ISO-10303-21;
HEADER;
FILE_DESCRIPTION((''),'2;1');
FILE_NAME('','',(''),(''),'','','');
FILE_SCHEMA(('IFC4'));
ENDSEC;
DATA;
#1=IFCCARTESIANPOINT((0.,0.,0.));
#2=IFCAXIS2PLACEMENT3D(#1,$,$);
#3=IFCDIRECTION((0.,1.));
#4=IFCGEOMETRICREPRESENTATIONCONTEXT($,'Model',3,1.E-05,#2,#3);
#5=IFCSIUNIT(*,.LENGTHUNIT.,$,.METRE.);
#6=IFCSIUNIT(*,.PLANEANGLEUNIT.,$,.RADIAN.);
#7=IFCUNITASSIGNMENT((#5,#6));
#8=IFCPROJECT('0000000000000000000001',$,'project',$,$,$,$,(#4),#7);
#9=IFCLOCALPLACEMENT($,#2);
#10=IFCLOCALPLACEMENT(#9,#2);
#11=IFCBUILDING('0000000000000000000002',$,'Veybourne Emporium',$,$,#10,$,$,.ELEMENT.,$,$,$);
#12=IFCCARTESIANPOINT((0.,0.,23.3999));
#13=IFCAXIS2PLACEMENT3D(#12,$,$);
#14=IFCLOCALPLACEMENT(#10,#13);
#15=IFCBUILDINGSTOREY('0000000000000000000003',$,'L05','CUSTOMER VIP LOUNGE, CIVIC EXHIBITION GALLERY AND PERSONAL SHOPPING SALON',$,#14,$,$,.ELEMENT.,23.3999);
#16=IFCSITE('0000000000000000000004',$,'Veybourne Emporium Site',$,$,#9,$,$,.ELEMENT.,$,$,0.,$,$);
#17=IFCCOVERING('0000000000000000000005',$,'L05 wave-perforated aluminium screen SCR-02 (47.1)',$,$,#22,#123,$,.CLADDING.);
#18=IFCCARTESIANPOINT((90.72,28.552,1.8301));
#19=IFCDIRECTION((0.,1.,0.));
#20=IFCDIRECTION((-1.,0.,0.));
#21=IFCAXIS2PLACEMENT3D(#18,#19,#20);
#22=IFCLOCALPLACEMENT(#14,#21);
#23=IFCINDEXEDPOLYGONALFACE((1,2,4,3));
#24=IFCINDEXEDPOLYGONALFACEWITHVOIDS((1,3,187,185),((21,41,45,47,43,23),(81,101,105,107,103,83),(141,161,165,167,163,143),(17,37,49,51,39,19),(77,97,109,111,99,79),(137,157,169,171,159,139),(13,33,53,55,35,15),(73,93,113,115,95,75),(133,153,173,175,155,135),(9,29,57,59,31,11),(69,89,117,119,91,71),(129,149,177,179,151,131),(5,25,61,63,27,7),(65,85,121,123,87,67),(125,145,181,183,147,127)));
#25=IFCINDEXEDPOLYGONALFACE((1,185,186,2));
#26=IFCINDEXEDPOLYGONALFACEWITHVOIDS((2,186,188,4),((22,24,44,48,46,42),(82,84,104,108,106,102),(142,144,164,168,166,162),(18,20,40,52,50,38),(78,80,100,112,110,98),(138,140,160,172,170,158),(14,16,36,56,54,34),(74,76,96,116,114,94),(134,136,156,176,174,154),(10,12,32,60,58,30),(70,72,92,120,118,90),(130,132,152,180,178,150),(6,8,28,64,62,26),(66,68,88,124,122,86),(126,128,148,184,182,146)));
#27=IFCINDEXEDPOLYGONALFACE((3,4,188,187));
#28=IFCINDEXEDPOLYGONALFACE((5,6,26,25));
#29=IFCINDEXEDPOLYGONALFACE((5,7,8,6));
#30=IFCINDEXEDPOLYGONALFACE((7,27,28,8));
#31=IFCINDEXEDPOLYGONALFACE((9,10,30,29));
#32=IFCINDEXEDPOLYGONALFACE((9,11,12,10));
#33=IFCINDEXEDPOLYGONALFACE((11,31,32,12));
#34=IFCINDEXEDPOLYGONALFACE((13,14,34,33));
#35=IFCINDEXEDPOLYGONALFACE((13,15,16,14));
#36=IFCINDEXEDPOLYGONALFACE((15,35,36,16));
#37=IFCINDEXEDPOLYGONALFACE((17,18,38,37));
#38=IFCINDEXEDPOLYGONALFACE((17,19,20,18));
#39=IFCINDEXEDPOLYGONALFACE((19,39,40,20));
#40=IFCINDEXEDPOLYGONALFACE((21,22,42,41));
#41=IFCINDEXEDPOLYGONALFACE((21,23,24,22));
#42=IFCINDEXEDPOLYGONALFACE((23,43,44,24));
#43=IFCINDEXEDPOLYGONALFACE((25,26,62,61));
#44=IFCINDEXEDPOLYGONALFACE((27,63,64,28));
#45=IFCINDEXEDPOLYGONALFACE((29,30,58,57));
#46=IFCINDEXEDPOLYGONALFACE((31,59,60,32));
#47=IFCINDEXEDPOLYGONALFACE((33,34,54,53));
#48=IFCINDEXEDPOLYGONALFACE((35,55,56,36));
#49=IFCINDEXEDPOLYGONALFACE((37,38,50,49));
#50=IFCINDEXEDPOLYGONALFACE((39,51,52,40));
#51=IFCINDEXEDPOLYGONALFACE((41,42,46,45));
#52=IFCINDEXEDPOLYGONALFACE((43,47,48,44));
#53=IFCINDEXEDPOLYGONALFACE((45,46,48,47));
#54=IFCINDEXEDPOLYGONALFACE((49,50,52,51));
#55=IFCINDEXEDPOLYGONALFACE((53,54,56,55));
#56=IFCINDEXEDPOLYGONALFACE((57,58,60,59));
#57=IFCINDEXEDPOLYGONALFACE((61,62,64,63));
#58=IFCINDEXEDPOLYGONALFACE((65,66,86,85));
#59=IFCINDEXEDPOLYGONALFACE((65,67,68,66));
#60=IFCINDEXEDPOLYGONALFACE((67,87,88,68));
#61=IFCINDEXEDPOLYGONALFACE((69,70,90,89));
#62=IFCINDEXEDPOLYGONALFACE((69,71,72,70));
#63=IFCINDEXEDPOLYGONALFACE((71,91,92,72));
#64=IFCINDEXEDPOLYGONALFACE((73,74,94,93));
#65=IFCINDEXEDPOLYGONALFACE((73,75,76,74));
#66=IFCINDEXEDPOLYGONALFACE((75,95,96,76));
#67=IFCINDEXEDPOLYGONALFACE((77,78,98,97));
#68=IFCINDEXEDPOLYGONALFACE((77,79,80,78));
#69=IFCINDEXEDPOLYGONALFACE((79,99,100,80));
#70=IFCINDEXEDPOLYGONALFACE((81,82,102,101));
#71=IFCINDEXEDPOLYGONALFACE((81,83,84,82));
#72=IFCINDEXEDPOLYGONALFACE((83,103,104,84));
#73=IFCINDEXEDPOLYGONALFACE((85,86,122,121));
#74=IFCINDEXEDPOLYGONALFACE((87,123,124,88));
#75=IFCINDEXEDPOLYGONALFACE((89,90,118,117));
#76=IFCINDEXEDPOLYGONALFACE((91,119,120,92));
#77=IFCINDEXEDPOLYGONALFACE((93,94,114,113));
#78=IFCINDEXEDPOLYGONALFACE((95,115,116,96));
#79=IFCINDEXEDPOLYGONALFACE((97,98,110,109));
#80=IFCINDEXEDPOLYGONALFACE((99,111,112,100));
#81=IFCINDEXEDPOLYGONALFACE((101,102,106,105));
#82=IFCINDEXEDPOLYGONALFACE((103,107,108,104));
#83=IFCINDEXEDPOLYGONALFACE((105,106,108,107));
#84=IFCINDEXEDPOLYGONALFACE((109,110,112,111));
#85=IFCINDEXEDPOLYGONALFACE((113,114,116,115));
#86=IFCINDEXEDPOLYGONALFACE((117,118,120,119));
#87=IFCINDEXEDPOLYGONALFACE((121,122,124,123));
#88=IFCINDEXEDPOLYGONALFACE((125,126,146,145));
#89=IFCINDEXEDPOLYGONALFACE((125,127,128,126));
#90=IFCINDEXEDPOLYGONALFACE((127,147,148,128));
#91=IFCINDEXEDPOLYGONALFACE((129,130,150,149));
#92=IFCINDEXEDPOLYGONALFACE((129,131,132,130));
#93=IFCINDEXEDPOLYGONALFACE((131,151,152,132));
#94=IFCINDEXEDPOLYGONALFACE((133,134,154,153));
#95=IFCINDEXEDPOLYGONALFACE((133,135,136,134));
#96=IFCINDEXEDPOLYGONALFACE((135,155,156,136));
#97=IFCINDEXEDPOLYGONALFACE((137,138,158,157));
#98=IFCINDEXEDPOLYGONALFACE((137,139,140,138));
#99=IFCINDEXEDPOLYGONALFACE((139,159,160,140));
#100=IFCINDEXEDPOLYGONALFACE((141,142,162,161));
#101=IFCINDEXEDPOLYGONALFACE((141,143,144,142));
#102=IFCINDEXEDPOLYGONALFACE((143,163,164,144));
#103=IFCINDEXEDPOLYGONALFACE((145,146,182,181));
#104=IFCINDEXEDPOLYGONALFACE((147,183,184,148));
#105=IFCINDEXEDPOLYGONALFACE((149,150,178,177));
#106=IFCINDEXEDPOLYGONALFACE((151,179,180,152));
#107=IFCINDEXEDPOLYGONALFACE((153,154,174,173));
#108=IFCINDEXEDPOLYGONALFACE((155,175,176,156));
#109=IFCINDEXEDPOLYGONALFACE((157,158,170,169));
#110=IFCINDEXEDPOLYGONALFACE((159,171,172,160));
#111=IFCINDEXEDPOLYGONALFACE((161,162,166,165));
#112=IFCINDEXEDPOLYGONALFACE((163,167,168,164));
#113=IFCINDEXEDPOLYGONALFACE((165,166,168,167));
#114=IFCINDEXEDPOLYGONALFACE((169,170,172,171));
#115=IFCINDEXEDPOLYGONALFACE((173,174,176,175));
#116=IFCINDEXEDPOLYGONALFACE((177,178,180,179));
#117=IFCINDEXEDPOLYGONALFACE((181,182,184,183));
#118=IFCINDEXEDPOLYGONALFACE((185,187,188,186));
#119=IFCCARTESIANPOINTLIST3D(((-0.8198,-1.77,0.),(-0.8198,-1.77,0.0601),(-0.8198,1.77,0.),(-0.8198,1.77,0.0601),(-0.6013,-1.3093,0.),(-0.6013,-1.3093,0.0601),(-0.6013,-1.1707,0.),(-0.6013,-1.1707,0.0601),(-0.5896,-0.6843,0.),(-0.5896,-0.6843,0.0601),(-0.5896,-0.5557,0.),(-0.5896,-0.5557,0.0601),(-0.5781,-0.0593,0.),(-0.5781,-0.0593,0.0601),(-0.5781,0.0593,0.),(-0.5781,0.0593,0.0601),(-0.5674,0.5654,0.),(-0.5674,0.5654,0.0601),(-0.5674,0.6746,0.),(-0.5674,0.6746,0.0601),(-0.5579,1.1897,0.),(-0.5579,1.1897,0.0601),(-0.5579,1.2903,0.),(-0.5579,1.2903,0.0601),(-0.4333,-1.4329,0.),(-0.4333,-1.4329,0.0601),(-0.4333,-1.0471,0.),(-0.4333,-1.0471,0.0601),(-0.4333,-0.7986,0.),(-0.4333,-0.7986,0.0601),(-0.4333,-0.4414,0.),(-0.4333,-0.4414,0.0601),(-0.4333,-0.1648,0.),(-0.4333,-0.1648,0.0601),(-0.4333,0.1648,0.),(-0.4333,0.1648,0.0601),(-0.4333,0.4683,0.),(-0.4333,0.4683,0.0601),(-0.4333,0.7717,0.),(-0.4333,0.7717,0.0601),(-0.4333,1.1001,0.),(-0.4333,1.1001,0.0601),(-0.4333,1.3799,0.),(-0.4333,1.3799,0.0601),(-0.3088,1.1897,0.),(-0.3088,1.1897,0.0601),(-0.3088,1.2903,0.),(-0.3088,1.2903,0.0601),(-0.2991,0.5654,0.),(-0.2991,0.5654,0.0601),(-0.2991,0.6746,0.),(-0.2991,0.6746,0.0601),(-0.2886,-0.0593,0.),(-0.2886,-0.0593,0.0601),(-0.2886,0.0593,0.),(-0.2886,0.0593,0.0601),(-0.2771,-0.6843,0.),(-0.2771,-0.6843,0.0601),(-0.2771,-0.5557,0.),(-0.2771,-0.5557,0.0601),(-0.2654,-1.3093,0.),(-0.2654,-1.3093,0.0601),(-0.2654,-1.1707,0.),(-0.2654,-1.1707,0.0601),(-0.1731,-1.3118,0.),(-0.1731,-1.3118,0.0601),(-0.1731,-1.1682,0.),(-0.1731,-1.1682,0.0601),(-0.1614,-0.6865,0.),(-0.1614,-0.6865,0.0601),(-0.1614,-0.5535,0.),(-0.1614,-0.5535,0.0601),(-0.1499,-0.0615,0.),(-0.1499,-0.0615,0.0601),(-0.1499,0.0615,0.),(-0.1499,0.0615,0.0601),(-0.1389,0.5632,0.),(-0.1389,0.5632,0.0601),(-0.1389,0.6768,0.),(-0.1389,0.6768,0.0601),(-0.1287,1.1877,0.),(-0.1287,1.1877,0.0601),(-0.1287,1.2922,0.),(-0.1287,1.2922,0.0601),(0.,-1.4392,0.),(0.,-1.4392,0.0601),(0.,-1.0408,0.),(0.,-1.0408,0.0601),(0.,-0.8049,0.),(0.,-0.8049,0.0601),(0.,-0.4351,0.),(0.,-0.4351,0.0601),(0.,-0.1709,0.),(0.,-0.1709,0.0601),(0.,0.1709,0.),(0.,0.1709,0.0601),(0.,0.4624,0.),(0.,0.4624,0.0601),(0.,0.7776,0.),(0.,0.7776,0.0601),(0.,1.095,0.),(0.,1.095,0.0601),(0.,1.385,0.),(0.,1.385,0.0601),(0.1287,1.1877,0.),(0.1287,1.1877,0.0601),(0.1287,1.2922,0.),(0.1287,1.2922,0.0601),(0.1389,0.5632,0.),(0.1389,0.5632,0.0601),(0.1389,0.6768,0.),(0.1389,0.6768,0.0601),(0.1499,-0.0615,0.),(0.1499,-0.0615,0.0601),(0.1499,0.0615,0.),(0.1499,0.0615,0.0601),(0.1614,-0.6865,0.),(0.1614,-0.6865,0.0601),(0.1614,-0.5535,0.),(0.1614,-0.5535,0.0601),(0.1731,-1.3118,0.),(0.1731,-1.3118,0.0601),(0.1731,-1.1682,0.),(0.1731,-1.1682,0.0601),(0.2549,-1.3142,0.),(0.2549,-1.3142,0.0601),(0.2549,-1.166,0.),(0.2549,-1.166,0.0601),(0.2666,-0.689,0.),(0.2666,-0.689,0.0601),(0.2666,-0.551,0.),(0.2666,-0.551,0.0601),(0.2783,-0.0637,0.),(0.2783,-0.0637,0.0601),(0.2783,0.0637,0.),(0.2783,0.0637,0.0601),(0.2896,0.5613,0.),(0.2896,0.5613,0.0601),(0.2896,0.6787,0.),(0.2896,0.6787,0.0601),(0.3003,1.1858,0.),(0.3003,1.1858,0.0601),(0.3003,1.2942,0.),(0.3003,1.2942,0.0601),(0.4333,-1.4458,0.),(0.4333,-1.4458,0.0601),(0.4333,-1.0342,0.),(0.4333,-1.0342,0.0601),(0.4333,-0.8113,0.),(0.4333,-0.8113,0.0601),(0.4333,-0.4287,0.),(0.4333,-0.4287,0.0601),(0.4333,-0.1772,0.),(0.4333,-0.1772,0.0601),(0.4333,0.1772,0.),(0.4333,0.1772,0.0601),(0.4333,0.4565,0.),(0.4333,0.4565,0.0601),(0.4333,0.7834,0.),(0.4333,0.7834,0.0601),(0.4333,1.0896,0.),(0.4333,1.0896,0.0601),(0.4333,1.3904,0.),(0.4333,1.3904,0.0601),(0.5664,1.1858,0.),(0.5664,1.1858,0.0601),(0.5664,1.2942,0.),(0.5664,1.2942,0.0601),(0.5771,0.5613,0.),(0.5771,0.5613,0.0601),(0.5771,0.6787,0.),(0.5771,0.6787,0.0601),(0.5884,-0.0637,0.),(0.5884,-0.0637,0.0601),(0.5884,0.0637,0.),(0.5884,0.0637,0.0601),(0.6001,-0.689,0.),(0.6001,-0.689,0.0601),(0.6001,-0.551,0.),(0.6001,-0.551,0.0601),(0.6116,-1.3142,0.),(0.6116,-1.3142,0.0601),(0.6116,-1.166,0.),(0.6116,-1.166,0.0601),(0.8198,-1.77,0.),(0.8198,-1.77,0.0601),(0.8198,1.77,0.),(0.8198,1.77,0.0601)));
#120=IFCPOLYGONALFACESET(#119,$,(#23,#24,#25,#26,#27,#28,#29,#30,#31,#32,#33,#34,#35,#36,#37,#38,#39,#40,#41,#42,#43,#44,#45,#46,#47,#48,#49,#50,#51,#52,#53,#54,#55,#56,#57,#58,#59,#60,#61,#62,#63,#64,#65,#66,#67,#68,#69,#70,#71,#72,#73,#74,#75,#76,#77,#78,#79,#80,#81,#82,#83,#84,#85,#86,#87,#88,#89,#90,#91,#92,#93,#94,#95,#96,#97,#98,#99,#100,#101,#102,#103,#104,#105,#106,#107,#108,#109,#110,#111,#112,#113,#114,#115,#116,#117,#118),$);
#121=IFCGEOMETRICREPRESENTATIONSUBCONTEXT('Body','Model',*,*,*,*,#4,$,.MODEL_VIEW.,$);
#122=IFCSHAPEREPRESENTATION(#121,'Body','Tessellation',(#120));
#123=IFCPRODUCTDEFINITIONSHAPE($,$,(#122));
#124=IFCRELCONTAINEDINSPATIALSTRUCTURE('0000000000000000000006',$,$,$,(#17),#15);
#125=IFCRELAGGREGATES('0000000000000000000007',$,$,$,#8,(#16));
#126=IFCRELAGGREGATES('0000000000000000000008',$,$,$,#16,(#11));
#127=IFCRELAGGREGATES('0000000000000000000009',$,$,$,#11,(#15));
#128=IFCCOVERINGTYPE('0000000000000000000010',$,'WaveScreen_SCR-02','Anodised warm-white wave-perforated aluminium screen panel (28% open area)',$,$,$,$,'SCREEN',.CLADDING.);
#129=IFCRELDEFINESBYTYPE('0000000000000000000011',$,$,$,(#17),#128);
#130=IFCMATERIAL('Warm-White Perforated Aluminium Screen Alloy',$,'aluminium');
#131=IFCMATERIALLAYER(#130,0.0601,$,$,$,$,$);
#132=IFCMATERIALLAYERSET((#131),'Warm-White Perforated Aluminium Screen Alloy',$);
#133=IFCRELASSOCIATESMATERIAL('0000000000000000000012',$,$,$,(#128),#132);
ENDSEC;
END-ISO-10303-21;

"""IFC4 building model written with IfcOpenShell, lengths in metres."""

from ifc_helpers import new_model, si_unit, direction, frame, origin, place, context, subcontext, project, spatial, polyline, outline, extrude, material, layer, layer_set, type_object, element, save


model = new_model("IFC4")

# Units and contexts
model_context = context("Model", 3, precision=1e-05, world=origin(), true_north=direction((0.0, 1.0)))
body_context = subcontext(model_context, "Body", "Model", "MODEL_VIEW")
ifc_project = project(units=[si_unit("LENGTHUNIT", "METRE"), si_unit("PLANEANGLEUNIT", "RADIAN")], contexts=[model_context])

# Site, building, storey
site_placement = place(None, origin())
site = spatial("IfcSite", under=ifc_project, at=site_placement, Name="Veybourne Emporium Site", CompositionType="ELEMENT", RefElevation=0.0)
building_placement = place(site_placement, origin())
building = spatial("IfcBuilding", under=site, at=building_placement, Name="Veybourne Emporium", CompositionType="ELEMENT")
storey_placement = place(building_placement, frame((0.0, 0.0, 23.3999)))
storey = spatial("IfcBuildingStorey", under=building, at=storey_placement, Name="L05", Description="CUSTOMER VIP LOUNGE, CIVIC EXHIBITION GALLERY AND PERSONAL SHOPPING SALON", CompositionType="ELEMENT", Elevation=23.3999)

# Covering
ifc_material_1 = material(Name="Warm-White Perforated Aluminium Screen Alloy", Category="aluminium")
ifc_layer_1 = layer(ifc_material_1, 0.0601)
ifc_layer_set_1 = layer_set([ifc_layer_1], Name="Warm-White Perforated Aluminium Screen Alloy")
covering_type_1 = type_object("IfcCoveringType", Name="WaveScreen_SCR-02", Description="Anodised warm-white wave-perforated aluminium screen panel (28% open area)", ElementType="SCREEN", PredefinedType="CLADDING", material=ifc_layer_set_1)
covering_1_placement = place(storey_placement, frame((90.72, 28.552, 1.8301), z_axis=(0.0, 1.0, 0.0), x_axis=(-1.0, 0.0, 0.0)))
element("IfcCovering", 1, at=covering_1_placement, inside=storey, type_object=covering_type_1, Name="L05 wave-perforated aluminium screen SCR-02 (47.1)", PredefinedType="CLADDING", context=body_context, shape_type="SweptSolid", body=[
    extrude(outline(polyline([(-0.8198, -1.77), (0.8198, -1.77), (0.8198, 1.77), (-0.8198, 1.77), (-0.8198, -1.77)]), holes=[polyline([(-0.4333, -1.0471), (-0.2654, -1.1707), (-0.2654, -1.3093), (-0.4333, -1.4329), (-0.6013, -1.3093), (-0.6013, -1.1707), (-0.4333, -1.0471)]), polyline([(-0.4333, -0.4414), (-0.2771, -0.5557), (-0.2771, -0.6843), (-0.4333, -0.7986), (-0.5896, -0.6843), (-0.5896, -0.5557), (-0.4333, -0.4414)]), polyline([(-0.4333, 0.1648), (-0.2886, 0.0593), (-0.2886, -0.0593), (-0.4333, -0.1648), (-0.5781, -0.0593), (-0.5781, 0.0593), (-0.4333, 0.1648)]), polyline([(-0.4333, 0.7717), (-0.2991, 0.6746), (-0.2991, 0.5654), (-0.4333, 0.4683), (-0.5674, 0.5654), (-0.5674, 0.6746), (-0.4333, 0.7717)]), polyline([(-0.4333, 1.3799), (-0.3088, 1.2903), (-0.3088, 1.1897), (-0.4333, 1.1001), (-0.5579, 1.1897), (-0.5579, 1.2903), (-0.4333, 1.3799)]), polyline([(0.0, -1.0408), (0.1731, -1.1682), (0.1731, -1.3118), (0.0, -1.4392), (-0.1731, -1.3118), (-0.1731, -1.1682), (0.0, -1.0408)]), polyline([(0.0, -0.4351), (0.1614, -0.5535), (0.1614, -0.6865), (0.0, -0.8049), (-0.1614, -0.6865), (-0.1614, -0.5535), (0.0, -0.4351)]), polyline([(0.0, 0.1709), (0.1499, 0.0615), (0.1499, -0.0615), (0.0, -0.1709), (-0.1499, -0.0615), (-0.1499, 0.0615), (0.0, 0.1709)]), polyline([(0.0, 0.7776), (0.1389, 0.6768), (0.1389, 0.5632), (0.0, 0.4624), (-0.1389, 0.5632), (-0.1389, 0.6768), (0.0, 0.7776)]), polyline([(0.0, 1.385), (0.1287, 1.2922), (0.1287, 1.1877), (0.0, 1.095), (-0.1287, 1.1877), (-0.1287, 1.2922), (0.0, 1.385)]), polyline([(0.4333, -1.0342), (0.6116, -1.166), (0.6116, -1.3142), (0.4333, -1.4458), (0.2549, -1.3142), (0.2549, -1.166), (0.4333, -1.0342)]), polyline([(0.4333, -0.4287), (0.6001, -0.551), (0.6001, -0.689), (0.4333, -0.8113), (0.2666, -0.689), (0.2666, -0.551), (0.4333, -0.4287)]), polyline([(0.4333, 0.1772), (0.5884, 0.0637), (0.5884, -0.0637), (0.4333, -0.1772), (0.2783, -0.0637), (0.2783, 0.0637), (0.4333, 0.1772)]), polyline([(0.4333, 0.7834), (0.5771, 0.6787), (0.5771, 0.5613), (0.4333, 0.4565), (0.2896, 0.5613), (0.2896, 0.6787), (0.4333, 0.7834)]), polyline([(0.4333, 1.3904), (0.5664, 1.2942), (0.5664, 1.1858), (0.4333, 1.0896), (0.3003, 1.1858), (0.3003, 1.2942), (0.4333, 1.3904)])]), origin(), (0.0, 0.0, 1.0), 0.0601),
])

save(model, "model.ifc")
